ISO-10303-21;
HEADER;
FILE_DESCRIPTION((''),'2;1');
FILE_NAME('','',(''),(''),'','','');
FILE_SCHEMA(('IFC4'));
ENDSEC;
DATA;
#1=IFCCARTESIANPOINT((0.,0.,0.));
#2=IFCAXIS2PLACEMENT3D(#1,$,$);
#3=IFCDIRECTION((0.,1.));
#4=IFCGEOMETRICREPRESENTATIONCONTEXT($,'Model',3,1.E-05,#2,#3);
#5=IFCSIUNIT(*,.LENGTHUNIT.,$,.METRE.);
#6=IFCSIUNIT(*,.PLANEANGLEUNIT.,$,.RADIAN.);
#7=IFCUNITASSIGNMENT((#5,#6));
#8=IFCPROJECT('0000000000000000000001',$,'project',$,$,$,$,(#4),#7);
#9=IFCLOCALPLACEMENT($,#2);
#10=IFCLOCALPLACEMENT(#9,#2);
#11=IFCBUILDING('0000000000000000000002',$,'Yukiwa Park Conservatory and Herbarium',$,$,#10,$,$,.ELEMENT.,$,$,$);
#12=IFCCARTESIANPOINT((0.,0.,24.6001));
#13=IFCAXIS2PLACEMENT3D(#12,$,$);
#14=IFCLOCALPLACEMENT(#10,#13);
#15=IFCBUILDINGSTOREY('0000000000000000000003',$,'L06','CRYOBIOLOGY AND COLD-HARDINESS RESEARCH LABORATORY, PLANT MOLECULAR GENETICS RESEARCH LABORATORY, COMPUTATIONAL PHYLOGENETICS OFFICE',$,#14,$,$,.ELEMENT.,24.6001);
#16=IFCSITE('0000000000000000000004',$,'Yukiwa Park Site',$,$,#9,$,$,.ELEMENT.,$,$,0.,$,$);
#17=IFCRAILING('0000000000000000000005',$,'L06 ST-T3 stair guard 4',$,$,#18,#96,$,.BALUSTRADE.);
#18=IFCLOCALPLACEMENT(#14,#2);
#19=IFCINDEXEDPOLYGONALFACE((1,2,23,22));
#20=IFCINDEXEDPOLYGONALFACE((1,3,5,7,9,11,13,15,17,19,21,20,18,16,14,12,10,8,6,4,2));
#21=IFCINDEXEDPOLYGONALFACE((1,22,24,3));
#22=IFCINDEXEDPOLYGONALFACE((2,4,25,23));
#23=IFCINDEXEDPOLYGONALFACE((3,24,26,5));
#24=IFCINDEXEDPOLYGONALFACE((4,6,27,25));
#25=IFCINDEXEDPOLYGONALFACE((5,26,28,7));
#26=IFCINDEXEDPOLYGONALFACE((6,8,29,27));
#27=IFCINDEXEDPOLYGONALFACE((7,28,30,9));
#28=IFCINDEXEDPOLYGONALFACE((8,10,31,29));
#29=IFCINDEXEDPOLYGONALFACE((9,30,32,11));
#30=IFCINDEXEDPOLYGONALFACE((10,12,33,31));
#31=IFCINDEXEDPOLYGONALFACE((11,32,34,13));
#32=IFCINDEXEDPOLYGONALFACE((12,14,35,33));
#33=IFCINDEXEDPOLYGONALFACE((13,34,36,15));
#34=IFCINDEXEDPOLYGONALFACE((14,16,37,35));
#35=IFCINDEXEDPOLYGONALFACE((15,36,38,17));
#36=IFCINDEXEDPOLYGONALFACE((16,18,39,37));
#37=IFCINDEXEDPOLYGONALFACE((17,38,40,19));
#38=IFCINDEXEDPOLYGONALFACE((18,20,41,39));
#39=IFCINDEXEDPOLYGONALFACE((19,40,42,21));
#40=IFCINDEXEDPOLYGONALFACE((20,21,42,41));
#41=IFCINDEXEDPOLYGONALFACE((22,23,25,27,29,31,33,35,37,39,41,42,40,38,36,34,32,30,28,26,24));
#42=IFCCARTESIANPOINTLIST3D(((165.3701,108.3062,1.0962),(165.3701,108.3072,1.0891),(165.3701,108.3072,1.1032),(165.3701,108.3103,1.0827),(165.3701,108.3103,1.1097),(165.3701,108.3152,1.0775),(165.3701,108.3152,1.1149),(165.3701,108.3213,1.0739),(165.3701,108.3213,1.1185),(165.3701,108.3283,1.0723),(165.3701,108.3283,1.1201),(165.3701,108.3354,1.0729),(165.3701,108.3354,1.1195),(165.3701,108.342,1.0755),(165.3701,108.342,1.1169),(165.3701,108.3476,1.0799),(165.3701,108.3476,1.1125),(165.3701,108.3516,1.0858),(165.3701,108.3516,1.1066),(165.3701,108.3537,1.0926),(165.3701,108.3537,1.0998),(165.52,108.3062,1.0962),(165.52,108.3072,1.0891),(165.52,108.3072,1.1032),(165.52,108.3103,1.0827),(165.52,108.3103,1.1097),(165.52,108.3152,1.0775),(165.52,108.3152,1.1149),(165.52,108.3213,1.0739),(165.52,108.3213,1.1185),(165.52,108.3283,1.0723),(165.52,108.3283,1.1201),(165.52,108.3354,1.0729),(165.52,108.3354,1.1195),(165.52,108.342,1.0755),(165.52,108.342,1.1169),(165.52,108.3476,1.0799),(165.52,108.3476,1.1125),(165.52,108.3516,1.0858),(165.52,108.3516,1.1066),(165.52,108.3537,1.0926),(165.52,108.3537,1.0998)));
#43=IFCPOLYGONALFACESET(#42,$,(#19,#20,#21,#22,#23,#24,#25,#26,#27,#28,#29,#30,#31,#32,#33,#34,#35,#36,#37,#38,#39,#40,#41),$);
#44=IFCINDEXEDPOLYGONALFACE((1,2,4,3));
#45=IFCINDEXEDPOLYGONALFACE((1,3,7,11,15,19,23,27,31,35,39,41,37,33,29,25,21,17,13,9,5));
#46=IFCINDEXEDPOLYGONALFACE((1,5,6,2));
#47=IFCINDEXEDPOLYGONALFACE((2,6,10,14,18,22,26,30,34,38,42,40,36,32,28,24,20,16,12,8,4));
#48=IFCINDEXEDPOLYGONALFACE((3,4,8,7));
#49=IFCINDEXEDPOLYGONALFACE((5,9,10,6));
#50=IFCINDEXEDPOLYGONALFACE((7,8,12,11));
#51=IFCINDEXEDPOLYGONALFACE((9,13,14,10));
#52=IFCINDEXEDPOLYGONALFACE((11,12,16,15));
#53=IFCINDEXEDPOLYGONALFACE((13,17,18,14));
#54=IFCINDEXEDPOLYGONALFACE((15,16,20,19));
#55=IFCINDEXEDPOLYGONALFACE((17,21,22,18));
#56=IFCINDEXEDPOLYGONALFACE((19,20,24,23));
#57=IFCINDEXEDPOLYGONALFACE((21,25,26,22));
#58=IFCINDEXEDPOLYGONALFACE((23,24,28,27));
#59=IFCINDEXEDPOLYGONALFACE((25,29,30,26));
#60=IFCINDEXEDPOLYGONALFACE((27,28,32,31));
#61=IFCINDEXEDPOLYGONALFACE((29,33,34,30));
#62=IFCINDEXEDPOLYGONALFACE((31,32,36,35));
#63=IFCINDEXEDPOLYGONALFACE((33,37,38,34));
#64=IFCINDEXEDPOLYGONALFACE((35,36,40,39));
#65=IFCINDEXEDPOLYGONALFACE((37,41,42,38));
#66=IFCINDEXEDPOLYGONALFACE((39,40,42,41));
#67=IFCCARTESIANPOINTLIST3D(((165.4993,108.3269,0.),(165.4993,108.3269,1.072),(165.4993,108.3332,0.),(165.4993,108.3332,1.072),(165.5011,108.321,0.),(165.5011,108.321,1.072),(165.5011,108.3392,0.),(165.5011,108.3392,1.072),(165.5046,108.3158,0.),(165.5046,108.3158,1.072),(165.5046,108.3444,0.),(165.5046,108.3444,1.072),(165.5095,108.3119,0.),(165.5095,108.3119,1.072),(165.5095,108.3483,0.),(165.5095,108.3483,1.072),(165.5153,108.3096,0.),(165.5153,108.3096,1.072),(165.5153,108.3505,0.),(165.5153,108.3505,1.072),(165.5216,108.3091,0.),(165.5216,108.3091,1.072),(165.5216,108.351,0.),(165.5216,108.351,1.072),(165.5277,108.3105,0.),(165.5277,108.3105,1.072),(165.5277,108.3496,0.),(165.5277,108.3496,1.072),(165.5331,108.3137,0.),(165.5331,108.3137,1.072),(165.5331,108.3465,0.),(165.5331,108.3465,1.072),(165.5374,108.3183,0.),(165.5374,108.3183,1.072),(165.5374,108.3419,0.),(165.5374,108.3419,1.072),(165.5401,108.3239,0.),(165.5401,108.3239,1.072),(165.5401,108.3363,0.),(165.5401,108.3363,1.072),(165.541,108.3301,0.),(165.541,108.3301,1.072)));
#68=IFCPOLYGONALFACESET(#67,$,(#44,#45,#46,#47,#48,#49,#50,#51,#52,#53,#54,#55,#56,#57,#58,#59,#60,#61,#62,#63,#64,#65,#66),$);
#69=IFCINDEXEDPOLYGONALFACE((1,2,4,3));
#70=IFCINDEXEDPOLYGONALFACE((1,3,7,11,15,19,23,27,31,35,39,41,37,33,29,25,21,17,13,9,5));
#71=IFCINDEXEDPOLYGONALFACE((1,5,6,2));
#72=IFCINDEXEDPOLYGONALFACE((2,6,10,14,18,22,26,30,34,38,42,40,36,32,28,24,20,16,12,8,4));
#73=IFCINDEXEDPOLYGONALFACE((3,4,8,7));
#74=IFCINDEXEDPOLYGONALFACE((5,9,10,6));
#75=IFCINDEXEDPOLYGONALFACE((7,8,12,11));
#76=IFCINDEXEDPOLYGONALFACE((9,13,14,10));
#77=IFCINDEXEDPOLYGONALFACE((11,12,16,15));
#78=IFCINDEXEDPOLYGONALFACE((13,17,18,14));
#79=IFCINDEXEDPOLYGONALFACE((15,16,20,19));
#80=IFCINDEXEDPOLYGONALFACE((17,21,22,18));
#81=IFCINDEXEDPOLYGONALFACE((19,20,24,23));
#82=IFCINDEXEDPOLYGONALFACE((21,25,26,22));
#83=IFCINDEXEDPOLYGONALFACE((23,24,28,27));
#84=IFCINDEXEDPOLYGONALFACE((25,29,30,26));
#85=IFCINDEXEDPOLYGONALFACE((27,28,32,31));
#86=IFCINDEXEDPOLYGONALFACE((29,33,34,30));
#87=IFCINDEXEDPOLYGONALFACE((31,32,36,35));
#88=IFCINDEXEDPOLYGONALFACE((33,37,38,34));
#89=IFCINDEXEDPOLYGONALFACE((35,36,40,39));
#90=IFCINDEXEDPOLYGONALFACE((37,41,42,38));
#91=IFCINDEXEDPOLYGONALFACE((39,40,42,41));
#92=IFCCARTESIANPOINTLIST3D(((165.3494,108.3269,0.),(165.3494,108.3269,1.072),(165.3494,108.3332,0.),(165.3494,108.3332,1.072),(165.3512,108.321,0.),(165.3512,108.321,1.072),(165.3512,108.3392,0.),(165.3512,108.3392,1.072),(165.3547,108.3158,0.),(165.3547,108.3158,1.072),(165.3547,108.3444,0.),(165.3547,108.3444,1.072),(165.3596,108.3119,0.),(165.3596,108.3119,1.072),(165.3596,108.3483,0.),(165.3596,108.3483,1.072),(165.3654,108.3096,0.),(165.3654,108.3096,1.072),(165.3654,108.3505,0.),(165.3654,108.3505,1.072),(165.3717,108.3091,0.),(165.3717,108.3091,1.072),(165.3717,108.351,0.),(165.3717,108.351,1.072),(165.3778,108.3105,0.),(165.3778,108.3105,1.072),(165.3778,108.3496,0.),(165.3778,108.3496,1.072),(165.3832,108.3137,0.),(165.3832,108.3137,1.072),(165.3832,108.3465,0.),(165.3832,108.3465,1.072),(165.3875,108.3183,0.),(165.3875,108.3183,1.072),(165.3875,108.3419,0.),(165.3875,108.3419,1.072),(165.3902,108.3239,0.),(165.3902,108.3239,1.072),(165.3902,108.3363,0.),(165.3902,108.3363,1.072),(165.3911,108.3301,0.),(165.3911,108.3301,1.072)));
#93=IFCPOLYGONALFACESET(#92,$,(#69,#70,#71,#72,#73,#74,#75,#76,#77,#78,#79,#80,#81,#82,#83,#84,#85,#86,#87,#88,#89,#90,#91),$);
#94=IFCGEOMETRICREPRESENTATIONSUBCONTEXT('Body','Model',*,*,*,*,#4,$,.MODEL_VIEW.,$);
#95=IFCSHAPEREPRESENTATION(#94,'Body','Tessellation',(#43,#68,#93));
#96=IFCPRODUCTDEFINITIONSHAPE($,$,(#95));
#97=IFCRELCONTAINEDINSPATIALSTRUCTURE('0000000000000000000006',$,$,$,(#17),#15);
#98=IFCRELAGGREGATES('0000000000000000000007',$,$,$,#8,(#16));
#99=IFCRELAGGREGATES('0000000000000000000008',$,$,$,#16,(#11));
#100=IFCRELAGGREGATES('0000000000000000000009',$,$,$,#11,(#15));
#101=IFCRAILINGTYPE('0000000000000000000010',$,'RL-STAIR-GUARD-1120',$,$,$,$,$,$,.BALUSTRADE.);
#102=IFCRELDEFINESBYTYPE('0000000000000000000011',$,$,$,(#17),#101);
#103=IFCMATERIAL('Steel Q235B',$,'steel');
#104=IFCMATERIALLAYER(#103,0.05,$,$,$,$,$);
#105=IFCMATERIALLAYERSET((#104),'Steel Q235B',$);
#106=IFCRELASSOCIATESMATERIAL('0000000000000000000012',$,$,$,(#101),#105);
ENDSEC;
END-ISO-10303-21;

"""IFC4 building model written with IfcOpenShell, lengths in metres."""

from ifc_helpers import new_model, si_unit, direction, frame, origin, origin_2d, place, context, subcontext, project, spatial, circle, extrude, material, layer, layer_set, type_object, element, save


model = new_model("IFC4")

# Units and contexts
model_context = context("Model", 3, precision=1e-05, world=origin(), true_north=direction((0.0, 1.0)))
body_context = subcontext(model_context, "Body", "Model", "MODEL_VIEW")
ifc_project = project(units=[si_unit("LENGTHUNIT", "METRE"), si_unit("PLANEANGLEUNIT", "RADIAN")], contexts=[model_context])

# Site, building, storey
site_placement = place(None, origin())
site = spatial("IfcSite", under=ifc_project, at=site_placement, Name="Yukiwa Park Site", CompositionType="ELEMENT", RefElevation=0.0)
building_placement = place(site_placement, origin())
building = spatial("IfcBuilding", under=site, at=building_placement, Name="Yukiwa Park Conservatory and Herbarium", CompositionType="ELEMENT")
storey_placement = place(building_placement, frame((0.0, 0.0, 24.6001)))
storey = spatial("IfcBuildingStorey", under=building, at=storey_placement, Name="L06", Description="CRYOBIOLOGY AND COLD-HARDINESS RESEARCH LABORATORY, PLANT MOLECULAR GENETICS RESEARCH LABORATORY, COMPUTATIONAL PHYLOGENETICS OFFICE", CompositionType="ELEMENT", Elevation=24.6001)

# Railing
ifc_material_1 = material(Name="Steel Q235B", Category="steel")
ifc_layer_1 = layer(ifc_material_1, 0.05)
ifc_layer_set_1 = layer_set([ifc_layer_1], Name="Steel Q235B")
railing_type_1 = type_object("IfcRailingType", Name="RL-STAIR-GUARD-1120", PredefinedType="BALUSTRADE", material=ifc_layer_set_1)
railing_1_placement = place(storey_placement, frame((165.52, 108.3301, 0.0)))
element("IfcRailing", 1, at=railing_1_placement, inside=storey, type_object=railing_type_1, Name="L06 ST-T3 stair guard 4", PredefinedType="BALUSTRADE", context=body_context, shape_type="SweptSolid", body=[
    extrude(circle(Radius=0.0239, at=origin_2d()), frame((0.0, 0.0, 1.0962), z_axis=(-1.0, 0.0, 0.0), x_axis=(0.0, -1.0, 0.0)), (0.0, 0.0, 1.0), 0.1499),
    extrude(circle(Radius=0.021, at=origin_2d()), origin(), (0.0, 0.0, 1.0), 1.072),
    extrude(circle(Radius=0.021, at=origin_2d()), frame((-0.1499, 0.0, 0.0)), (0.0, 0.0, 1.0), 1.072),
])

save(model, "model.ifc")
